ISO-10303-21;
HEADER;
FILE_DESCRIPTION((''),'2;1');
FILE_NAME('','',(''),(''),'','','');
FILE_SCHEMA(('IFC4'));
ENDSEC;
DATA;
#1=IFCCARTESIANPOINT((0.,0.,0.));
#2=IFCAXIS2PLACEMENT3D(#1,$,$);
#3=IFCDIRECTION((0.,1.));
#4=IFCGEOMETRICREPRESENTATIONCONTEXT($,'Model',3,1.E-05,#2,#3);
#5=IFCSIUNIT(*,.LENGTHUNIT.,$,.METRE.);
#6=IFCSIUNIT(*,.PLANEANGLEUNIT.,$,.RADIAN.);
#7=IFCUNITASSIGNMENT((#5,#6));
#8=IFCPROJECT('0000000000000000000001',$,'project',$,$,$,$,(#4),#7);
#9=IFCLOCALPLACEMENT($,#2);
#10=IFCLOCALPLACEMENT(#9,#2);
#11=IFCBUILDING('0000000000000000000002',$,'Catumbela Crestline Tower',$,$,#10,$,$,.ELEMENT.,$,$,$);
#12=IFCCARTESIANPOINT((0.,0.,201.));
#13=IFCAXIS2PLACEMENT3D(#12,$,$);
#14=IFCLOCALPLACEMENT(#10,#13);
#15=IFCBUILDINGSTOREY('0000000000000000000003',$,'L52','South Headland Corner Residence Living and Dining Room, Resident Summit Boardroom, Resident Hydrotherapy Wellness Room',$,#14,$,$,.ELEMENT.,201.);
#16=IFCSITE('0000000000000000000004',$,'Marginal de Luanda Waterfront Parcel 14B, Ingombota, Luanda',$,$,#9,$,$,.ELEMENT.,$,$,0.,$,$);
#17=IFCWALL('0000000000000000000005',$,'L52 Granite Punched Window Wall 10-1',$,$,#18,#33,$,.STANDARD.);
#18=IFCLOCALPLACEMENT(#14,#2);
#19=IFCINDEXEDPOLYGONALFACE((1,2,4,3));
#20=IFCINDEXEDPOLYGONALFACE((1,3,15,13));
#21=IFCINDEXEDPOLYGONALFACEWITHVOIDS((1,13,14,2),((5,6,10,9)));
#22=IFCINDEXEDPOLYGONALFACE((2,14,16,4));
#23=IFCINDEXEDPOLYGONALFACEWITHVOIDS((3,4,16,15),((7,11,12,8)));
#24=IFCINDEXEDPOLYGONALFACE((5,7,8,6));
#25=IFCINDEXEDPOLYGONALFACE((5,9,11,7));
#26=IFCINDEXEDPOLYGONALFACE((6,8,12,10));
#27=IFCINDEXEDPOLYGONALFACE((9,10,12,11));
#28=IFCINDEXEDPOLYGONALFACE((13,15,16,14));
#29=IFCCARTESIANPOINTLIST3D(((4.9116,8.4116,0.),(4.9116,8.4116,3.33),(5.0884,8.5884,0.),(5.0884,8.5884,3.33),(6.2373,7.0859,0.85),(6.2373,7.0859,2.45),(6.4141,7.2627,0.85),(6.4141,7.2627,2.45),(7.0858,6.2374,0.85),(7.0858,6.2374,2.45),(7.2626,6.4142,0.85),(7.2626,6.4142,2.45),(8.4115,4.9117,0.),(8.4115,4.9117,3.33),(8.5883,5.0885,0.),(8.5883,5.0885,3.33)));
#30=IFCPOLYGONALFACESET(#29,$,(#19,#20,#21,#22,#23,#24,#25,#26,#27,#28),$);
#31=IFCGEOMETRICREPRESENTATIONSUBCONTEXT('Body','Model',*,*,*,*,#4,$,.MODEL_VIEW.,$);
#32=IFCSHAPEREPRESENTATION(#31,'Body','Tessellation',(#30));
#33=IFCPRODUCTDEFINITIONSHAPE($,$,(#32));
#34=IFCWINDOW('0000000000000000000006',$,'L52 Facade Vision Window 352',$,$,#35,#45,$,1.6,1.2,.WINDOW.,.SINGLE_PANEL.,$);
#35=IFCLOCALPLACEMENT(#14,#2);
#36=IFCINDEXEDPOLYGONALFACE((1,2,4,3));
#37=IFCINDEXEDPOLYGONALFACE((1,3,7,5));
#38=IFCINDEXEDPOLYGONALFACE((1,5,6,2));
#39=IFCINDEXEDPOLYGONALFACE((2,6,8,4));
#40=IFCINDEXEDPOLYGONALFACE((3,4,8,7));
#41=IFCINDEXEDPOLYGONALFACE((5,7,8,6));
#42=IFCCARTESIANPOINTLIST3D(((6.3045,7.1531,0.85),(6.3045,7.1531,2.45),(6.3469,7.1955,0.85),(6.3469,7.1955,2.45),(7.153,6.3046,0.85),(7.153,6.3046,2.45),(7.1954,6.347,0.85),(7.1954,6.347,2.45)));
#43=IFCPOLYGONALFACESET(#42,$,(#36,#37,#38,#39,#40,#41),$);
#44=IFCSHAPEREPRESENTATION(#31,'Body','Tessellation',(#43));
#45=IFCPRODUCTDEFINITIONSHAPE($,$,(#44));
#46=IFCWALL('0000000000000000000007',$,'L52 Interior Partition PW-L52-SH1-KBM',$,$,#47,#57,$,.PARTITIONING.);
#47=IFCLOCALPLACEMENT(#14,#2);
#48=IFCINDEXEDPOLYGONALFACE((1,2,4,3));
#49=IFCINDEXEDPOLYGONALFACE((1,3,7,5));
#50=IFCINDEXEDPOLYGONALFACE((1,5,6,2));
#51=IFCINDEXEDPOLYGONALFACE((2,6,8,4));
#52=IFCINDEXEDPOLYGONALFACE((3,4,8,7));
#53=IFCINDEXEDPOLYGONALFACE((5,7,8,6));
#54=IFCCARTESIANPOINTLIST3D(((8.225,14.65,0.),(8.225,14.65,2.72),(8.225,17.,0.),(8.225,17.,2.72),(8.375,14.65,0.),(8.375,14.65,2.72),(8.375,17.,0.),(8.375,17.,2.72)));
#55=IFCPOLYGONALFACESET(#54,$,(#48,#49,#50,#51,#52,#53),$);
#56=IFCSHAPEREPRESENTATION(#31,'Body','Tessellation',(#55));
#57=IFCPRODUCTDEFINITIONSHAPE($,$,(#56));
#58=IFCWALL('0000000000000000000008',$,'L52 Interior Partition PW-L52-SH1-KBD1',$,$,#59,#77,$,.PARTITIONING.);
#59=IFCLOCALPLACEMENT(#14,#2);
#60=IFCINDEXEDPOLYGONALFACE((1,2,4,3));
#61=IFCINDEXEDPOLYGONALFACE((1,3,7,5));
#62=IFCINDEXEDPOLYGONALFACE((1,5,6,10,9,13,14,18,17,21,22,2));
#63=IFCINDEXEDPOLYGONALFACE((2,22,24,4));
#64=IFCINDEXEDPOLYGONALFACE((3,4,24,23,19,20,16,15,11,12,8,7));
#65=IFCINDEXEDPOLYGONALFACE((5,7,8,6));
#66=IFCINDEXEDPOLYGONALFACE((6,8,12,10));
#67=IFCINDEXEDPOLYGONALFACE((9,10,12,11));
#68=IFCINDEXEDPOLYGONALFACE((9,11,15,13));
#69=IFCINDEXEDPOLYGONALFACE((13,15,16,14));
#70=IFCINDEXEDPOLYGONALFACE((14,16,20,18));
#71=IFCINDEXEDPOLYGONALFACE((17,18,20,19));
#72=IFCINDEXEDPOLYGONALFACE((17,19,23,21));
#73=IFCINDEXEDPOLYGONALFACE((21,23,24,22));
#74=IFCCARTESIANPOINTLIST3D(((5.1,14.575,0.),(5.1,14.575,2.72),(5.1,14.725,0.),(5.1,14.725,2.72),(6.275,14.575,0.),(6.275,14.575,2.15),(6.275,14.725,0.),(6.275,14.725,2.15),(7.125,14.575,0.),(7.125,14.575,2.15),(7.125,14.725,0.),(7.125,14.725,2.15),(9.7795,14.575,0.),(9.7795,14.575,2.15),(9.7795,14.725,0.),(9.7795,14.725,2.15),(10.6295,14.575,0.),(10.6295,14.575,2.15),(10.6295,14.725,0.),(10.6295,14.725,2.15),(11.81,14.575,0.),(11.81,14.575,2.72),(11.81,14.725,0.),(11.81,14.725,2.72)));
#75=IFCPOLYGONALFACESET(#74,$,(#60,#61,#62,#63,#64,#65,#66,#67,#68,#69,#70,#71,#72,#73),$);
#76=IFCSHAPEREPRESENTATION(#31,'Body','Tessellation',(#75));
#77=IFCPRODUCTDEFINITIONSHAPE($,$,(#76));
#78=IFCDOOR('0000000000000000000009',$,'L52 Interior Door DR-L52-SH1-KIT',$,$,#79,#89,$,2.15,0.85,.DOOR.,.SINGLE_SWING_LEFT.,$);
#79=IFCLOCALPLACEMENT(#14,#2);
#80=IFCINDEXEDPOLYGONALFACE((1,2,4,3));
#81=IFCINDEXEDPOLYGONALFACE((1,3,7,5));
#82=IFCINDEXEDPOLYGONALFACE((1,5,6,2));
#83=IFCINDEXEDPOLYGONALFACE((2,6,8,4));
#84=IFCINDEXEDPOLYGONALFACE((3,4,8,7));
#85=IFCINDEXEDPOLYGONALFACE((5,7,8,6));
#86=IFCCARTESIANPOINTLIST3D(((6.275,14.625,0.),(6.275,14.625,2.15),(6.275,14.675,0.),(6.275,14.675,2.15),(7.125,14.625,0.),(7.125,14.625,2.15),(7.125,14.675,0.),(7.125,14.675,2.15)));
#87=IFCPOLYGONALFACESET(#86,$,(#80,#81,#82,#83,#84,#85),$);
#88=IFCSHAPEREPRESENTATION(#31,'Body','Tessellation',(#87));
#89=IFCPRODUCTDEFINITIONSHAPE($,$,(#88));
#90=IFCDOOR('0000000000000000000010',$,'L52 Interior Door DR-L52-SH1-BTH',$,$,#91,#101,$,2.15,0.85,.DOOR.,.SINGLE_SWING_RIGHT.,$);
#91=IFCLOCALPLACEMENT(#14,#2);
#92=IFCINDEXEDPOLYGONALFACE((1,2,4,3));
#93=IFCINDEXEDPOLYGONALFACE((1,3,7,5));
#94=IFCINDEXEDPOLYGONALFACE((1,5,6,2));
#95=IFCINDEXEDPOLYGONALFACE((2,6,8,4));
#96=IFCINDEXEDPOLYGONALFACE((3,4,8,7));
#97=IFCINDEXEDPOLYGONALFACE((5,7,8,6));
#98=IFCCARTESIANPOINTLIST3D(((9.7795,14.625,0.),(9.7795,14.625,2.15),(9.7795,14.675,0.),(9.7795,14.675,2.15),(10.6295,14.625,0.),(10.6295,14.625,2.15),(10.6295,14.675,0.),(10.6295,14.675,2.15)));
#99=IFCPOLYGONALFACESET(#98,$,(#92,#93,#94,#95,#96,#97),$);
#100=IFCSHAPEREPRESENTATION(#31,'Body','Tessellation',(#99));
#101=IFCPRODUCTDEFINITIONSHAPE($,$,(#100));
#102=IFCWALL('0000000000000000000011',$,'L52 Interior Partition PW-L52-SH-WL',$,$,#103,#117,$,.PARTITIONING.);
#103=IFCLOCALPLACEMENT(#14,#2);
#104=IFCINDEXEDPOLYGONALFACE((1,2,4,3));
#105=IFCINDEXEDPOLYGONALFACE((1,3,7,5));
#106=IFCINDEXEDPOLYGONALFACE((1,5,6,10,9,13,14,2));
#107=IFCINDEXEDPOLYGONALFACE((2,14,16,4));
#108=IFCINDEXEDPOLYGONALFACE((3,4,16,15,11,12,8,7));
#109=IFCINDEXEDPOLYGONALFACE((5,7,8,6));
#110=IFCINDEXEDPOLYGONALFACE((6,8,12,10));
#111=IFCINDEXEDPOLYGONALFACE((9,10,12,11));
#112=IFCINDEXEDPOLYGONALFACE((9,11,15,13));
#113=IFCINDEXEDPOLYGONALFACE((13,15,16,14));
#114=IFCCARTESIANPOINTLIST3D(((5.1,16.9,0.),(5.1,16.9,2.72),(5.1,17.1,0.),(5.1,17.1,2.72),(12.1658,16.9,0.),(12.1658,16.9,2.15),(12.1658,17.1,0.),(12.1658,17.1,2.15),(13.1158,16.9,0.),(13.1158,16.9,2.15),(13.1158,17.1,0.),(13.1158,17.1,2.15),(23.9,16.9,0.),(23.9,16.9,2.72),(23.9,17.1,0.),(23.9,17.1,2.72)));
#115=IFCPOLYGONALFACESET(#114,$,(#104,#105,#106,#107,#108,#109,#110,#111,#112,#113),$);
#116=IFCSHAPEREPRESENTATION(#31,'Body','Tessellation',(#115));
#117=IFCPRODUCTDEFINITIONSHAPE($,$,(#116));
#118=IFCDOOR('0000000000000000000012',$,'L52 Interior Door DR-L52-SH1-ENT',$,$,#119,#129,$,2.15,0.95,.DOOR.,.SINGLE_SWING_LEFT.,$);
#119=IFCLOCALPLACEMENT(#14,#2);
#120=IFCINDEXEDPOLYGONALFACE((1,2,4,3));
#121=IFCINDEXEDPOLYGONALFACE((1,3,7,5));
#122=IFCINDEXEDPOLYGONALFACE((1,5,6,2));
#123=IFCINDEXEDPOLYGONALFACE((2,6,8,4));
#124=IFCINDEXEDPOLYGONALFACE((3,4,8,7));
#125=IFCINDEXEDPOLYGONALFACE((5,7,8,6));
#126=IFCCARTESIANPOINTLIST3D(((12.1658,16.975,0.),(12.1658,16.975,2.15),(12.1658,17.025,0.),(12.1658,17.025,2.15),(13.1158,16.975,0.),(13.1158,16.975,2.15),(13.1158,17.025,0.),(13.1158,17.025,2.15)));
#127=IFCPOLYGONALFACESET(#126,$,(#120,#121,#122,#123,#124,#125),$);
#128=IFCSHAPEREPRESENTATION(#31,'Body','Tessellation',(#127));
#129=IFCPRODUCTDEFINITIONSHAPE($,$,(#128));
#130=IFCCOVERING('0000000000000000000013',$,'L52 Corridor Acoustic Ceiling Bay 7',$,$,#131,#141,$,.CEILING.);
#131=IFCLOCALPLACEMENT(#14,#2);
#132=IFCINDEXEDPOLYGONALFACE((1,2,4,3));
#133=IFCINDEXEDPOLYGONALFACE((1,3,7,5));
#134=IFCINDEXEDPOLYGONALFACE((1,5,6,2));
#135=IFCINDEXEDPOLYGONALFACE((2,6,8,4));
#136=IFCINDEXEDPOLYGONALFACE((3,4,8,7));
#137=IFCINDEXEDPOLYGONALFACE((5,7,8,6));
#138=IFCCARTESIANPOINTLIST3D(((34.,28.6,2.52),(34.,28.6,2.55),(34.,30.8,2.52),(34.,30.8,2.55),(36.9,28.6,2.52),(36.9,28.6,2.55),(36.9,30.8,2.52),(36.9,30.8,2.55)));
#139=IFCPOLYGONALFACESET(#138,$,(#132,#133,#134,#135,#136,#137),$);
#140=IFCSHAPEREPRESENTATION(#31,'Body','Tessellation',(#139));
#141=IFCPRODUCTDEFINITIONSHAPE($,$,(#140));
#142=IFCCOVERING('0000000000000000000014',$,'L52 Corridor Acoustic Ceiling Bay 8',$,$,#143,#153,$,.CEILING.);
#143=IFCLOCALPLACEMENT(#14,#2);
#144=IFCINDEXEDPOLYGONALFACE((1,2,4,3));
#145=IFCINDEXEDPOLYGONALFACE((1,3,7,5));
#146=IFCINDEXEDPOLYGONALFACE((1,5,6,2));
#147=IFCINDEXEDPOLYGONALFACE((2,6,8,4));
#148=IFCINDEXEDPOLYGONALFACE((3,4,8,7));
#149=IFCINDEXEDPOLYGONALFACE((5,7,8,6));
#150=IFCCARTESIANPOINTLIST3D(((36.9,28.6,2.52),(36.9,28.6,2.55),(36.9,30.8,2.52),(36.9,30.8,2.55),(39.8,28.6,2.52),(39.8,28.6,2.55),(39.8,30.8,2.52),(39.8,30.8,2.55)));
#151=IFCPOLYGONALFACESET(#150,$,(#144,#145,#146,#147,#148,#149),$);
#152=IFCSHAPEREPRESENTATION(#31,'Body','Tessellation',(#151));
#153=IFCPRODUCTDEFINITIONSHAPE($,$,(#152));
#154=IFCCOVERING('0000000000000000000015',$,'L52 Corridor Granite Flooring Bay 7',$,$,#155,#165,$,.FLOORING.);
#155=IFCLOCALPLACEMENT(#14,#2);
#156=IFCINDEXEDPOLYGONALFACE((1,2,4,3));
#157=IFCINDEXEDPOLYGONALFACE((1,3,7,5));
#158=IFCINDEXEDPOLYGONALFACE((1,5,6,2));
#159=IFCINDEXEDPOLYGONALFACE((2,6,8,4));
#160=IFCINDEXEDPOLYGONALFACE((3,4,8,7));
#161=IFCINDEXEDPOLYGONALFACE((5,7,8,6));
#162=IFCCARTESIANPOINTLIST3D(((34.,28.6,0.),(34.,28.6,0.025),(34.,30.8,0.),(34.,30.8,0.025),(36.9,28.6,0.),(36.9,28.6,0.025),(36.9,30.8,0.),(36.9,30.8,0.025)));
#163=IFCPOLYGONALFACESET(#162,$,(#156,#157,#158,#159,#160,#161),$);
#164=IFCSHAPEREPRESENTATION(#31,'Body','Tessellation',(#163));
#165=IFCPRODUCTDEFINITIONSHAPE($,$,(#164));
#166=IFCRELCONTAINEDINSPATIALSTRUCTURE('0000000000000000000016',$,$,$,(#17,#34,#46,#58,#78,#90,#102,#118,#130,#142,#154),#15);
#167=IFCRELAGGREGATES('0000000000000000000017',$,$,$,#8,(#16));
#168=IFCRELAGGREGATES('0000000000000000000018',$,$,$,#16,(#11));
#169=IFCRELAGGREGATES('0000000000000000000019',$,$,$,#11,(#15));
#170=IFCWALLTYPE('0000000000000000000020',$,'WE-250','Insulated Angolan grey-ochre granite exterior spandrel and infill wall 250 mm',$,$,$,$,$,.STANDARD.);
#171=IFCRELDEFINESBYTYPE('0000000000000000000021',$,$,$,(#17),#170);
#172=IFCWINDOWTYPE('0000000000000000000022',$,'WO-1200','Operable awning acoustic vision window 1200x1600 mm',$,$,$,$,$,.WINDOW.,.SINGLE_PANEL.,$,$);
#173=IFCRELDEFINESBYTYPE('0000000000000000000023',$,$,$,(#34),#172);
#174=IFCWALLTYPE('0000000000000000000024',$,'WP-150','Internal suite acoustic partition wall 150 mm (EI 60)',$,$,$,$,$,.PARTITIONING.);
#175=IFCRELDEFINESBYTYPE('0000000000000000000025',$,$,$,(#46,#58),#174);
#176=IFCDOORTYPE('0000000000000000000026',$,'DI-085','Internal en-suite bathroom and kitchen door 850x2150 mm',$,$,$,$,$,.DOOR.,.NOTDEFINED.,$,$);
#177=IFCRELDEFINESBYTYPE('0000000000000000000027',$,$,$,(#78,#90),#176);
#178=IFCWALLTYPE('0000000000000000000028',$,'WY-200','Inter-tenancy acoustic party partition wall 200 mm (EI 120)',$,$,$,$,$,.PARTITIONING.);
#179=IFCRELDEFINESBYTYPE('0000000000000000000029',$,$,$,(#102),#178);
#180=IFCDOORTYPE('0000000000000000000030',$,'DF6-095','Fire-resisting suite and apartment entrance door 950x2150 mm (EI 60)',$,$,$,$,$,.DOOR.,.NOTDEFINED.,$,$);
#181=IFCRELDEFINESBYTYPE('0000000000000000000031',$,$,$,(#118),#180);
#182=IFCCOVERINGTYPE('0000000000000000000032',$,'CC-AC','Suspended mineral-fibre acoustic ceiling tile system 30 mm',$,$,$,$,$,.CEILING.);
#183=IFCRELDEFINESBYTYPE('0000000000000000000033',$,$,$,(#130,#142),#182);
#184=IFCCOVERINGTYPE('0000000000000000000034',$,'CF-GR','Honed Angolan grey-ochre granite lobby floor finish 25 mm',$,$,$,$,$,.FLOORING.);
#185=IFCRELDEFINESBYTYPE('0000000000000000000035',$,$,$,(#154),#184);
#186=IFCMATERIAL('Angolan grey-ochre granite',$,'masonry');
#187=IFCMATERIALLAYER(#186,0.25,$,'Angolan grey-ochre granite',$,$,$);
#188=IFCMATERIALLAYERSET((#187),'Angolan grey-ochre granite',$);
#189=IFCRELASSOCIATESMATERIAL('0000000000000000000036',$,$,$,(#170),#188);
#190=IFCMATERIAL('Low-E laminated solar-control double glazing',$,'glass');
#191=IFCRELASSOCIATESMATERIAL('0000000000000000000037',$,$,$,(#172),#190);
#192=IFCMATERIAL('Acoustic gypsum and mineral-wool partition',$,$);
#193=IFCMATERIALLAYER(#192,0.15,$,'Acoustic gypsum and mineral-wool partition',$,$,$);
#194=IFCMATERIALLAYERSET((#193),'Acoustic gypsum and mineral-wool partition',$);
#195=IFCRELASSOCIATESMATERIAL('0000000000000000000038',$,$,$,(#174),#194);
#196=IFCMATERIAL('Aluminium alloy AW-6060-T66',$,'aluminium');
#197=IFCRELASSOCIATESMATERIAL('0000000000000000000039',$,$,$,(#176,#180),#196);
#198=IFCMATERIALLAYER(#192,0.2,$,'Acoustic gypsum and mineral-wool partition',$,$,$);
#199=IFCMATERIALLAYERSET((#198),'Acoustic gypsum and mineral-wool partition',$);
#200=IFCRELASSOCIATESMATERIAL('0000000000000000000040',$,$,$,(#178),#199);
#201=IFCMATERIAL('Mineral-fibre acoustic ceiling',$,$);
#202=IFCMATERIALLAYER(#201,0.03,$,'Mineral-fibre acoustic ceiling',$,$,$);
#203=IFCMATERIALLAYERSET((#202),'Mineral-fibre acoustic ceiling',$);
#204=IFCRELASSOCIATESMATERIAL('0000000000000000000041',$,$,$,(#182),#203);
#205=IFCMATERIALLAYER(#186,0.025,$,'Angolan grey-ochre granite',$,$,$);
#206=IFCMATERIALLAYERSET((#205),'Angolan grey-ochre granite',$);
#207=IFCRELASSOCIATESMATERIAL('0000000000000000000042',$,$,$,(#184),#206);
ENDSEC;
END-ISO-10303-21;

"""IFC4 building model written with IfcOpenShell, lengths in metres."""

from ifc_helpers import new_model, si_unit, direction, frame, frame_2d, origin, place, context, subcontext, project, spatial, polyline, rectangle, outline, extrude, material, layer, layer_set, type_object, element, fill, save


model = new_model("IFC4")

# Units and contexts
model_context = context("Model", 3, precision=1e-05, world=origin(), true_north=direction((0.0, 1.0)))
body_context = subcontext(model_context, "Body", "Model", "MODEL_VIEW")
ifc_project = project(units=[si_unit("LENGTHUNIT", "METRE"), si_unit("PLANEANGLEUNIT", "RADIAN")], contexts=[model_context])

# Site, building, storey
site_placement = place(None, origin())
site = spatial("IfcSite", under=ifc_project, at=site_placement, Name="Marginal de Luanda Waterfront Parcel 14B, Ingombota, Luanda", CompositionType="ELEMENT", RefElevation=0.0)
building_placement = place(site_placement, origin())
building = spatial("IfcBuilding", under=site, at=building_placement, Name="Catumbela Crestline Tower", CompositionType="ELEMENT")
storey_placement = place(building_placement, frame((0.0, 0.0, 201.0)))
storey = spatial("IfcBuildingStorey", under=building, at=storey_placement, Name="L52", Description="South Headland Corner Residence Living and Dining Room, Resident Summit Boardroom, Resident Hydrotherapy Wellness Room", CompositionType="ELEMENT", Elevation=201.0)

# Shared definitions
ifc_material_1 = material(Name="Aluminium alloy AW-6060-T66", Category="aluminium")
ifc_material_2 = material(Name="Low-E laminated solar-control double glazing", Category="glass")

# Wall, opening, window
ifc_material_3 = material(Name="Angolan grey-ochre granite", Category="masonry")
ifc_layer_1 = layer(ifc_material_3, 0.25, Name="Angolan grey-ochre granite")
ifc_layer_set_1 = layer_set([ifc_layer_1], Name="Angolan grey-ochre granite")
wall_type_1 = type_object("IfcWallType", Name="WE-250", Description="Insulated Angolan grey-ochre granite exterior spandrel and infill wall 250 mm", PredefinedType="STANDARD", material=ifc_layer_set_1)
wall_1_placement = place(storey_placement, frame((5.0, 8.5, 0.0), z_axis=(0.0, 0.0, 1.0), x_axis=(0.707107, -0.707107, 0.0)))
wall_1 = element("IfcWall", 1, at=wall_1_placement, inside=storey, type_object=wall_type_1, Name="L52 Granite Punched Window Wall 10-1", PredefinedType="STANDARD", context=body_context, shape_type="SweptSolid", body=[
    extrude(rectangle(XDim=4.9497, YDim=0.25, at=frame_2d((2.4748, 0.0))), origin(), (0.0, 0.0, 1.0), 3.33),
])
opening_1_placement = place(wall_1_placement, frame((1.8748, 0.0, 0.85)))
opening_1 = element("IfcOpeningElement", 2, at=opening_1_placement, cuts=wall_1, PredefinedType="OPENING", context=body_context, shape_type="SweptSolid", body=[
    extrude(rectangle(XDim=1.2, YDim=1.6, at=frame_2d((0.6, 0.8))), frame((0.0, 0.135, 0.0), z_axis=(0.0, -1.0, 0.0), x_axis=(1.0, 0.0, 0.0)), (0.0, 0.0, 1.0), 0.27),
])
window_type_1 = type_object("IfcWindowType", Name="WO-1200", Description="Operable awning acoustic vision window 1200x1600 mm", PartitioningType="SINGLE_PANEL", PredefinedType="WINDOW", material=ifc_material_2)
window_1_placement = place(opening_1_placement, origin())
window_1 = element("IfcWindow", 3, at=window_1_placement, inside=storey, type_object=window_type_1, Name="L52 Facade Vision Window 352", OverallHeight=1.6, OverallWidth=1.2, PartitioningType="SINGLE_PANEL", PredefinedType="WINDOW", context=body_context, shape_type="SweptSolid", body=[
    extrude(rectangle(XDim=1.2, YDim=1.6, at=frame_2d((0.6, 0.8))), frame((0.0, 0.03, 0.0), z_axis=(0.0, -1.0, 0.0), x_axis=(1.0, 0.0, 0.0)), (0.0, 0.0, 1.0), 0.06),
])
fill(opening_1, window_1)

# Wall
ifc_material_4 = material(Name="Acoustic gypsum and mineral-wool partition")
ifc_layer_2 = layer(ifc_material_4, 0.15, Name="Acoustic gypsum and mineral-wool partition")
ifc_layer_set_2 = layer_set([ifc_layer_2], Name="Acoustic gypsum and mineral-wool partition")
wall_type_2 = type_object("IfcWallType", Name="WP-150", Description="Internal suite acoustic partition wall 150 mm (EI 60)", PredefinedType="PARTITIONING", material=ifc_layer_set_2)
wall_2_placement = place(storey_placement, frame((8.3, 14.65, 0.0), z_axis=(0.0, 0.0, 1.0), x_axis=(0.0, 1.0, 0.0)))
element("IfcWall", 4, at=wall_2_placement, inside=storey, type_object=wall_type_2, Name="L52 Interior Partition PW-L52-SH1-KBM", PredefinedType="PARTITIONING", context=body_context, shape_type="SweptSolid", body=[
    extrude(rectangle(XDim=2.35, YDim=0.15, at=frame_2d((1.175, 0.0))), origin(), (0.0, 0.0, 1.0), 2.72),
])

# Wall, openings, doors
wall_3_placement = place(storey_placement, frame((5.1, 14.65, 0.0), z_axis=(0.0, 0.0, 1.0), x_axis=(1.0, 0.0, 0.0)))
wall_3 = element("IfcWall", 5, at=wall_3_placement, inside=storey, type_object=wall_type_2, Name="L52 Interior Partition PW-L52-SH1-KBD1", PredefinedType="PARTITIONING", context=body_context, shape_type="SweptSolid", body=[
    extrude(rectangle(XDim=6.71, YDim=0.15, at=frame_2d((3.355, 0.0))), origin(), (0.0, 0.0, 1.0), 2.72),
])
opening_2_placement = place(wall_3_placement, frame((1.175, 0.0, 0.0)))
opening_2 = element("IfcOpeningElement", 6, at=opening_2_placement, cuts=wall_3, PredefinedType="OPENING", context=body_context, shape_type="SweptSolid", body=[
    extrude(rectangle(XDim=0.85, YDim=2.15, at=frame_2d((0.425, 1.075))), frame((0.0, 0.085, 0.0), z_axis=(0.0, -1.0, 0.0), x_axis=(1.0, 0.0, 0.0)), (0.0, 0.0, 1.0), 0.17),
])
opening_3_placement = place(wall_3_placement, frame((4.6795, 0.0, 0.0)))
opening_3 = element("IfcOpeningElement", 7, at=opening_3_placement, cuts=wall_3, PredefinedType="OPENING", context=body_context, shape_type="SweptSolid", body=[
    extrude(rectangle(XDim=0.85, YDim=2.15, at=frame_2d((0.425, 1.075))), frame((0.0, 0.085, 0.0), z_axis=(0.0, -1.0, 0.0), x_axis=(1.0, 0.0, 0.0)), (0.0, 0.0, 1.0), 0.17),
])
door_type_1 = type_object("IfcDoorType", Name="DI-085", Description="Internal en-suite bathroom and kitchen door 850x2150 mm", OperationType="NOTDEFINED", PredefinedType="DOOR", material=ifc_material_1)
door_1_placement = place(opening_2_placement, origin())
door_1 = element("IfcDoor", 8, at=door_1_placement, inside=storey, type_object=door_type_1, Name="L52 Interior Door DR-L52-SH1-KIT", OperationType="SINGLE_SWING_LEFT", OverallHeight=2.15, OverallWidth=0.85, PredefinedType="DOOR", context=body_context, shape_type="SweptSolid", body=[
    extrude(rectangle(XDim=0.85, YDim=2.15, at=frame_2d((0.425, 1.075))), frame((0.0, 0.025, 0.0), z_axis=(0.0, -1.0, 0.0), x_axis=(1.0, 0.0, 0.0)), (0.0, 0.0, 1.0), 0.05),
])
fill(opening_2, door_1)
door_2_placement = place(opening_3_placement, origin())
door_2 = element("IfcDoor", 9, at=door_2_placement, inside=storey, type_object=door_type_1, Name="L52 Interior Door DR-L52-SH1-BTH", OperationType="SINGLE_SWING_RIGHT", OverallHeight=2.15, OverallWidth=0.85, PredefinedType="DOOR", context=body_context, shape_type="SweptSolid", body=[
    extrude(rectangle(XDim=0.85, YDim=2.15, at=frame_2d((0.425, 1.075))), frame((0.0, 0.025, 0.0), z_axis=(0.0, -1.0, 0.0), x_axis=(1.0, 0.0, 0.0)), (0.0, 0.0, 1.0), 0.05),
])
fill(opening_3, door_2)

# Wall, opening, door
ifc_layer_3 = layer(ifc_material_4, 0.2, Name="Acoustic gypsum and mineral-wool partition")
ifc_layer_set_3 = layer_set([ifc_layer_3], Name="Acoustic gypsum and mineral-wool partition")
wall_type_3 = type_object("IfcWallType", Name="WY-200", Description="Inter-tenancy acoustic party partition wall 200 mm (EI 120)", PredefinedType="PARTITIONING", material=ifc_layer_set_3)
wall_4_placement = place(storey_placement, frame((5.1, 17.0, 0.0), z_axis=(0.0, 0.0, 1.0), x_axis=(1.0, 0.0, 0.0)))
wall_4 = element("IfcWall", 10, at=wall_4_placement, inside=storey, type_object=wall_type_3, Name="L52 Interior Partition PW-L52-SH-WL", PredefinedType="PARTITIONING", context=body_context, shape_type="SweptSolid", body=[
    extrude(rectangle(XDim=18.8, YDim=0.2, at=frame_2d((9.4, 0.0))), origin(), (0.0, 0.0, 1.0), 2.72),
])
opening_4_placement = place(wall_4_placement, frame((7.0658, 0.0, 0.0)))
opening_4 = element("IfcOpeningElement", 11, at=opening_4_placement, cuts=wall_4, PredefinedType="OPENING", context=body_context, shape_type="SweptSolid", body=[
    extrude(rectangle(XDim=0.95, YDim=2.15, at=frame_2d((0.475, 1.075))), frame((0.0, 0.11, 0.0), z_axis=(0.0, -1.0, 0.0), x_axis=(1.0, 0.0, 0.0)), (0.0, 0.0, 1.0), 0.22),
])
door_type_2 = type_object("IfcDoorType", Name="DF6-095", Description="Fire-resisting suite and apartment entrance door 950x2150 mm (EI 60)", OperationType="NOTDEFINED", PredefinedType="DOOR", material=ifc_material_1)
door_3_placement = place(opening_4_placement, origin())
door_3 = element("IfcDoor", 12, at=door_3_placement, inside=storey, type_object=door_type_2, Name="L52 Interior Door DR-L52-SH1-ENT", OperationType="SINGLE_SWING_LEFT", OverallHeight=2.15, OverallWidth=0.95, PredefinedType="DOOR", context=body_context, shape_type="SweptSolid", body=[
    extrude(rectangle(XDim=0.95, YDim=2.15, at=frame_2d((0.475, 1.075))), frame((0.0, 0.025, 0.0), z_axis=(0.0, -1.0, 0.0), x_axis=(1.0, 0.0, 0.0)), (0.0, 0.0, 1.0), 0.05),
])
fill(opening_4, door_3)

# Coverings
ifc_material_5 = material(Name="Mineral-fibre acoustic ceiling")
ifc_layer_4 = layer(ifc_material_5, 0.03, Name="Mineral-fibre acoustic ceiling")
ifc_layer_set_4 = layer_set([ifc_layer_4], Name="Mineral-fibre acoustic ceiling")
covering_type_1 = type_object("IfcCoveringType", Name="CC-AC", Description="Suspended mineral-fibre acoustic ceiling tile system 30 mm", PredefinedType="CEILING", material=ifc_layer_set_4)
covering_1_placement = place(storey_placement, frame((0.0, 0.0, 2.52)))
element("IfcCovering", 13, at=covering_1_placement, inside=storey, type_object=covering_type_1, Name="L52 Corridor Acoustic Ceiling Bay 7", PredefinedType="CEILING", context=body_context, shape_type="SweptSolid", body=[
    extrude(outline(polyline([(34.0, 28.6), (36.9, 28.6), (36.9, 30.8), (34.0, 30.8), (34.0, 28.6)])), origin(), (0.0, 0.0, 1.0), 0.03),
])
covering_2_placement = place(storey_placement, frame((0.0, 0.0, 2.52)))
element("IfcCovering", 14, at=covering_2_placement, inside=storey, type_object=covering_type_1, Name="L52 Corridor Acoustic Ceiling Bay 8", PredefinedType="CEILING", context=body_context, shape_type="SweptSolid", body=[
    extrude(outline(polyline([(36.9, 28.6), (39.8, 28.6), (39.8, 30.8), (36.9, 30.8), (36.9, 28.6)])), origin(), (0.0, 0.0, 1.0), 0.03),
])
ifc_layer_5 = layer(ifc_material_3, 0.025, Name="Angolan grey-ochre granite")
ifc_layer_set_5 = layer_set([ifc_layer_5], Name="Angolan grey-ochre granite")
covering_type_2 = type_object("IfcCoveringType", Name="CF-GR", Description="Honed Angolan grey-ochre granite lobby floor finish 25 mm", PredefinedType="FLOORING", material=ifc_layer_set_5)
covering_3_placement = place(storey_placement, origin())
element("IfcCovering", 15, at=covering_3_placement, inside=storey, type_object=covering_type_2, Name="L52 Corridor Granite Flooring Bay 7", PredefinedType="FLOORING", context=body_context, shape_type="SweptSolid", body=[
    extrude(outline(polyline([(34.0, 28.6), (36.9, 28.6), (36.9, 30.8), (34.0, 30.8), (34.0, 28.6)])), origin(), (0.0, 0.0, 1.0), 0.025),
])

save(model, "model.ifc")
